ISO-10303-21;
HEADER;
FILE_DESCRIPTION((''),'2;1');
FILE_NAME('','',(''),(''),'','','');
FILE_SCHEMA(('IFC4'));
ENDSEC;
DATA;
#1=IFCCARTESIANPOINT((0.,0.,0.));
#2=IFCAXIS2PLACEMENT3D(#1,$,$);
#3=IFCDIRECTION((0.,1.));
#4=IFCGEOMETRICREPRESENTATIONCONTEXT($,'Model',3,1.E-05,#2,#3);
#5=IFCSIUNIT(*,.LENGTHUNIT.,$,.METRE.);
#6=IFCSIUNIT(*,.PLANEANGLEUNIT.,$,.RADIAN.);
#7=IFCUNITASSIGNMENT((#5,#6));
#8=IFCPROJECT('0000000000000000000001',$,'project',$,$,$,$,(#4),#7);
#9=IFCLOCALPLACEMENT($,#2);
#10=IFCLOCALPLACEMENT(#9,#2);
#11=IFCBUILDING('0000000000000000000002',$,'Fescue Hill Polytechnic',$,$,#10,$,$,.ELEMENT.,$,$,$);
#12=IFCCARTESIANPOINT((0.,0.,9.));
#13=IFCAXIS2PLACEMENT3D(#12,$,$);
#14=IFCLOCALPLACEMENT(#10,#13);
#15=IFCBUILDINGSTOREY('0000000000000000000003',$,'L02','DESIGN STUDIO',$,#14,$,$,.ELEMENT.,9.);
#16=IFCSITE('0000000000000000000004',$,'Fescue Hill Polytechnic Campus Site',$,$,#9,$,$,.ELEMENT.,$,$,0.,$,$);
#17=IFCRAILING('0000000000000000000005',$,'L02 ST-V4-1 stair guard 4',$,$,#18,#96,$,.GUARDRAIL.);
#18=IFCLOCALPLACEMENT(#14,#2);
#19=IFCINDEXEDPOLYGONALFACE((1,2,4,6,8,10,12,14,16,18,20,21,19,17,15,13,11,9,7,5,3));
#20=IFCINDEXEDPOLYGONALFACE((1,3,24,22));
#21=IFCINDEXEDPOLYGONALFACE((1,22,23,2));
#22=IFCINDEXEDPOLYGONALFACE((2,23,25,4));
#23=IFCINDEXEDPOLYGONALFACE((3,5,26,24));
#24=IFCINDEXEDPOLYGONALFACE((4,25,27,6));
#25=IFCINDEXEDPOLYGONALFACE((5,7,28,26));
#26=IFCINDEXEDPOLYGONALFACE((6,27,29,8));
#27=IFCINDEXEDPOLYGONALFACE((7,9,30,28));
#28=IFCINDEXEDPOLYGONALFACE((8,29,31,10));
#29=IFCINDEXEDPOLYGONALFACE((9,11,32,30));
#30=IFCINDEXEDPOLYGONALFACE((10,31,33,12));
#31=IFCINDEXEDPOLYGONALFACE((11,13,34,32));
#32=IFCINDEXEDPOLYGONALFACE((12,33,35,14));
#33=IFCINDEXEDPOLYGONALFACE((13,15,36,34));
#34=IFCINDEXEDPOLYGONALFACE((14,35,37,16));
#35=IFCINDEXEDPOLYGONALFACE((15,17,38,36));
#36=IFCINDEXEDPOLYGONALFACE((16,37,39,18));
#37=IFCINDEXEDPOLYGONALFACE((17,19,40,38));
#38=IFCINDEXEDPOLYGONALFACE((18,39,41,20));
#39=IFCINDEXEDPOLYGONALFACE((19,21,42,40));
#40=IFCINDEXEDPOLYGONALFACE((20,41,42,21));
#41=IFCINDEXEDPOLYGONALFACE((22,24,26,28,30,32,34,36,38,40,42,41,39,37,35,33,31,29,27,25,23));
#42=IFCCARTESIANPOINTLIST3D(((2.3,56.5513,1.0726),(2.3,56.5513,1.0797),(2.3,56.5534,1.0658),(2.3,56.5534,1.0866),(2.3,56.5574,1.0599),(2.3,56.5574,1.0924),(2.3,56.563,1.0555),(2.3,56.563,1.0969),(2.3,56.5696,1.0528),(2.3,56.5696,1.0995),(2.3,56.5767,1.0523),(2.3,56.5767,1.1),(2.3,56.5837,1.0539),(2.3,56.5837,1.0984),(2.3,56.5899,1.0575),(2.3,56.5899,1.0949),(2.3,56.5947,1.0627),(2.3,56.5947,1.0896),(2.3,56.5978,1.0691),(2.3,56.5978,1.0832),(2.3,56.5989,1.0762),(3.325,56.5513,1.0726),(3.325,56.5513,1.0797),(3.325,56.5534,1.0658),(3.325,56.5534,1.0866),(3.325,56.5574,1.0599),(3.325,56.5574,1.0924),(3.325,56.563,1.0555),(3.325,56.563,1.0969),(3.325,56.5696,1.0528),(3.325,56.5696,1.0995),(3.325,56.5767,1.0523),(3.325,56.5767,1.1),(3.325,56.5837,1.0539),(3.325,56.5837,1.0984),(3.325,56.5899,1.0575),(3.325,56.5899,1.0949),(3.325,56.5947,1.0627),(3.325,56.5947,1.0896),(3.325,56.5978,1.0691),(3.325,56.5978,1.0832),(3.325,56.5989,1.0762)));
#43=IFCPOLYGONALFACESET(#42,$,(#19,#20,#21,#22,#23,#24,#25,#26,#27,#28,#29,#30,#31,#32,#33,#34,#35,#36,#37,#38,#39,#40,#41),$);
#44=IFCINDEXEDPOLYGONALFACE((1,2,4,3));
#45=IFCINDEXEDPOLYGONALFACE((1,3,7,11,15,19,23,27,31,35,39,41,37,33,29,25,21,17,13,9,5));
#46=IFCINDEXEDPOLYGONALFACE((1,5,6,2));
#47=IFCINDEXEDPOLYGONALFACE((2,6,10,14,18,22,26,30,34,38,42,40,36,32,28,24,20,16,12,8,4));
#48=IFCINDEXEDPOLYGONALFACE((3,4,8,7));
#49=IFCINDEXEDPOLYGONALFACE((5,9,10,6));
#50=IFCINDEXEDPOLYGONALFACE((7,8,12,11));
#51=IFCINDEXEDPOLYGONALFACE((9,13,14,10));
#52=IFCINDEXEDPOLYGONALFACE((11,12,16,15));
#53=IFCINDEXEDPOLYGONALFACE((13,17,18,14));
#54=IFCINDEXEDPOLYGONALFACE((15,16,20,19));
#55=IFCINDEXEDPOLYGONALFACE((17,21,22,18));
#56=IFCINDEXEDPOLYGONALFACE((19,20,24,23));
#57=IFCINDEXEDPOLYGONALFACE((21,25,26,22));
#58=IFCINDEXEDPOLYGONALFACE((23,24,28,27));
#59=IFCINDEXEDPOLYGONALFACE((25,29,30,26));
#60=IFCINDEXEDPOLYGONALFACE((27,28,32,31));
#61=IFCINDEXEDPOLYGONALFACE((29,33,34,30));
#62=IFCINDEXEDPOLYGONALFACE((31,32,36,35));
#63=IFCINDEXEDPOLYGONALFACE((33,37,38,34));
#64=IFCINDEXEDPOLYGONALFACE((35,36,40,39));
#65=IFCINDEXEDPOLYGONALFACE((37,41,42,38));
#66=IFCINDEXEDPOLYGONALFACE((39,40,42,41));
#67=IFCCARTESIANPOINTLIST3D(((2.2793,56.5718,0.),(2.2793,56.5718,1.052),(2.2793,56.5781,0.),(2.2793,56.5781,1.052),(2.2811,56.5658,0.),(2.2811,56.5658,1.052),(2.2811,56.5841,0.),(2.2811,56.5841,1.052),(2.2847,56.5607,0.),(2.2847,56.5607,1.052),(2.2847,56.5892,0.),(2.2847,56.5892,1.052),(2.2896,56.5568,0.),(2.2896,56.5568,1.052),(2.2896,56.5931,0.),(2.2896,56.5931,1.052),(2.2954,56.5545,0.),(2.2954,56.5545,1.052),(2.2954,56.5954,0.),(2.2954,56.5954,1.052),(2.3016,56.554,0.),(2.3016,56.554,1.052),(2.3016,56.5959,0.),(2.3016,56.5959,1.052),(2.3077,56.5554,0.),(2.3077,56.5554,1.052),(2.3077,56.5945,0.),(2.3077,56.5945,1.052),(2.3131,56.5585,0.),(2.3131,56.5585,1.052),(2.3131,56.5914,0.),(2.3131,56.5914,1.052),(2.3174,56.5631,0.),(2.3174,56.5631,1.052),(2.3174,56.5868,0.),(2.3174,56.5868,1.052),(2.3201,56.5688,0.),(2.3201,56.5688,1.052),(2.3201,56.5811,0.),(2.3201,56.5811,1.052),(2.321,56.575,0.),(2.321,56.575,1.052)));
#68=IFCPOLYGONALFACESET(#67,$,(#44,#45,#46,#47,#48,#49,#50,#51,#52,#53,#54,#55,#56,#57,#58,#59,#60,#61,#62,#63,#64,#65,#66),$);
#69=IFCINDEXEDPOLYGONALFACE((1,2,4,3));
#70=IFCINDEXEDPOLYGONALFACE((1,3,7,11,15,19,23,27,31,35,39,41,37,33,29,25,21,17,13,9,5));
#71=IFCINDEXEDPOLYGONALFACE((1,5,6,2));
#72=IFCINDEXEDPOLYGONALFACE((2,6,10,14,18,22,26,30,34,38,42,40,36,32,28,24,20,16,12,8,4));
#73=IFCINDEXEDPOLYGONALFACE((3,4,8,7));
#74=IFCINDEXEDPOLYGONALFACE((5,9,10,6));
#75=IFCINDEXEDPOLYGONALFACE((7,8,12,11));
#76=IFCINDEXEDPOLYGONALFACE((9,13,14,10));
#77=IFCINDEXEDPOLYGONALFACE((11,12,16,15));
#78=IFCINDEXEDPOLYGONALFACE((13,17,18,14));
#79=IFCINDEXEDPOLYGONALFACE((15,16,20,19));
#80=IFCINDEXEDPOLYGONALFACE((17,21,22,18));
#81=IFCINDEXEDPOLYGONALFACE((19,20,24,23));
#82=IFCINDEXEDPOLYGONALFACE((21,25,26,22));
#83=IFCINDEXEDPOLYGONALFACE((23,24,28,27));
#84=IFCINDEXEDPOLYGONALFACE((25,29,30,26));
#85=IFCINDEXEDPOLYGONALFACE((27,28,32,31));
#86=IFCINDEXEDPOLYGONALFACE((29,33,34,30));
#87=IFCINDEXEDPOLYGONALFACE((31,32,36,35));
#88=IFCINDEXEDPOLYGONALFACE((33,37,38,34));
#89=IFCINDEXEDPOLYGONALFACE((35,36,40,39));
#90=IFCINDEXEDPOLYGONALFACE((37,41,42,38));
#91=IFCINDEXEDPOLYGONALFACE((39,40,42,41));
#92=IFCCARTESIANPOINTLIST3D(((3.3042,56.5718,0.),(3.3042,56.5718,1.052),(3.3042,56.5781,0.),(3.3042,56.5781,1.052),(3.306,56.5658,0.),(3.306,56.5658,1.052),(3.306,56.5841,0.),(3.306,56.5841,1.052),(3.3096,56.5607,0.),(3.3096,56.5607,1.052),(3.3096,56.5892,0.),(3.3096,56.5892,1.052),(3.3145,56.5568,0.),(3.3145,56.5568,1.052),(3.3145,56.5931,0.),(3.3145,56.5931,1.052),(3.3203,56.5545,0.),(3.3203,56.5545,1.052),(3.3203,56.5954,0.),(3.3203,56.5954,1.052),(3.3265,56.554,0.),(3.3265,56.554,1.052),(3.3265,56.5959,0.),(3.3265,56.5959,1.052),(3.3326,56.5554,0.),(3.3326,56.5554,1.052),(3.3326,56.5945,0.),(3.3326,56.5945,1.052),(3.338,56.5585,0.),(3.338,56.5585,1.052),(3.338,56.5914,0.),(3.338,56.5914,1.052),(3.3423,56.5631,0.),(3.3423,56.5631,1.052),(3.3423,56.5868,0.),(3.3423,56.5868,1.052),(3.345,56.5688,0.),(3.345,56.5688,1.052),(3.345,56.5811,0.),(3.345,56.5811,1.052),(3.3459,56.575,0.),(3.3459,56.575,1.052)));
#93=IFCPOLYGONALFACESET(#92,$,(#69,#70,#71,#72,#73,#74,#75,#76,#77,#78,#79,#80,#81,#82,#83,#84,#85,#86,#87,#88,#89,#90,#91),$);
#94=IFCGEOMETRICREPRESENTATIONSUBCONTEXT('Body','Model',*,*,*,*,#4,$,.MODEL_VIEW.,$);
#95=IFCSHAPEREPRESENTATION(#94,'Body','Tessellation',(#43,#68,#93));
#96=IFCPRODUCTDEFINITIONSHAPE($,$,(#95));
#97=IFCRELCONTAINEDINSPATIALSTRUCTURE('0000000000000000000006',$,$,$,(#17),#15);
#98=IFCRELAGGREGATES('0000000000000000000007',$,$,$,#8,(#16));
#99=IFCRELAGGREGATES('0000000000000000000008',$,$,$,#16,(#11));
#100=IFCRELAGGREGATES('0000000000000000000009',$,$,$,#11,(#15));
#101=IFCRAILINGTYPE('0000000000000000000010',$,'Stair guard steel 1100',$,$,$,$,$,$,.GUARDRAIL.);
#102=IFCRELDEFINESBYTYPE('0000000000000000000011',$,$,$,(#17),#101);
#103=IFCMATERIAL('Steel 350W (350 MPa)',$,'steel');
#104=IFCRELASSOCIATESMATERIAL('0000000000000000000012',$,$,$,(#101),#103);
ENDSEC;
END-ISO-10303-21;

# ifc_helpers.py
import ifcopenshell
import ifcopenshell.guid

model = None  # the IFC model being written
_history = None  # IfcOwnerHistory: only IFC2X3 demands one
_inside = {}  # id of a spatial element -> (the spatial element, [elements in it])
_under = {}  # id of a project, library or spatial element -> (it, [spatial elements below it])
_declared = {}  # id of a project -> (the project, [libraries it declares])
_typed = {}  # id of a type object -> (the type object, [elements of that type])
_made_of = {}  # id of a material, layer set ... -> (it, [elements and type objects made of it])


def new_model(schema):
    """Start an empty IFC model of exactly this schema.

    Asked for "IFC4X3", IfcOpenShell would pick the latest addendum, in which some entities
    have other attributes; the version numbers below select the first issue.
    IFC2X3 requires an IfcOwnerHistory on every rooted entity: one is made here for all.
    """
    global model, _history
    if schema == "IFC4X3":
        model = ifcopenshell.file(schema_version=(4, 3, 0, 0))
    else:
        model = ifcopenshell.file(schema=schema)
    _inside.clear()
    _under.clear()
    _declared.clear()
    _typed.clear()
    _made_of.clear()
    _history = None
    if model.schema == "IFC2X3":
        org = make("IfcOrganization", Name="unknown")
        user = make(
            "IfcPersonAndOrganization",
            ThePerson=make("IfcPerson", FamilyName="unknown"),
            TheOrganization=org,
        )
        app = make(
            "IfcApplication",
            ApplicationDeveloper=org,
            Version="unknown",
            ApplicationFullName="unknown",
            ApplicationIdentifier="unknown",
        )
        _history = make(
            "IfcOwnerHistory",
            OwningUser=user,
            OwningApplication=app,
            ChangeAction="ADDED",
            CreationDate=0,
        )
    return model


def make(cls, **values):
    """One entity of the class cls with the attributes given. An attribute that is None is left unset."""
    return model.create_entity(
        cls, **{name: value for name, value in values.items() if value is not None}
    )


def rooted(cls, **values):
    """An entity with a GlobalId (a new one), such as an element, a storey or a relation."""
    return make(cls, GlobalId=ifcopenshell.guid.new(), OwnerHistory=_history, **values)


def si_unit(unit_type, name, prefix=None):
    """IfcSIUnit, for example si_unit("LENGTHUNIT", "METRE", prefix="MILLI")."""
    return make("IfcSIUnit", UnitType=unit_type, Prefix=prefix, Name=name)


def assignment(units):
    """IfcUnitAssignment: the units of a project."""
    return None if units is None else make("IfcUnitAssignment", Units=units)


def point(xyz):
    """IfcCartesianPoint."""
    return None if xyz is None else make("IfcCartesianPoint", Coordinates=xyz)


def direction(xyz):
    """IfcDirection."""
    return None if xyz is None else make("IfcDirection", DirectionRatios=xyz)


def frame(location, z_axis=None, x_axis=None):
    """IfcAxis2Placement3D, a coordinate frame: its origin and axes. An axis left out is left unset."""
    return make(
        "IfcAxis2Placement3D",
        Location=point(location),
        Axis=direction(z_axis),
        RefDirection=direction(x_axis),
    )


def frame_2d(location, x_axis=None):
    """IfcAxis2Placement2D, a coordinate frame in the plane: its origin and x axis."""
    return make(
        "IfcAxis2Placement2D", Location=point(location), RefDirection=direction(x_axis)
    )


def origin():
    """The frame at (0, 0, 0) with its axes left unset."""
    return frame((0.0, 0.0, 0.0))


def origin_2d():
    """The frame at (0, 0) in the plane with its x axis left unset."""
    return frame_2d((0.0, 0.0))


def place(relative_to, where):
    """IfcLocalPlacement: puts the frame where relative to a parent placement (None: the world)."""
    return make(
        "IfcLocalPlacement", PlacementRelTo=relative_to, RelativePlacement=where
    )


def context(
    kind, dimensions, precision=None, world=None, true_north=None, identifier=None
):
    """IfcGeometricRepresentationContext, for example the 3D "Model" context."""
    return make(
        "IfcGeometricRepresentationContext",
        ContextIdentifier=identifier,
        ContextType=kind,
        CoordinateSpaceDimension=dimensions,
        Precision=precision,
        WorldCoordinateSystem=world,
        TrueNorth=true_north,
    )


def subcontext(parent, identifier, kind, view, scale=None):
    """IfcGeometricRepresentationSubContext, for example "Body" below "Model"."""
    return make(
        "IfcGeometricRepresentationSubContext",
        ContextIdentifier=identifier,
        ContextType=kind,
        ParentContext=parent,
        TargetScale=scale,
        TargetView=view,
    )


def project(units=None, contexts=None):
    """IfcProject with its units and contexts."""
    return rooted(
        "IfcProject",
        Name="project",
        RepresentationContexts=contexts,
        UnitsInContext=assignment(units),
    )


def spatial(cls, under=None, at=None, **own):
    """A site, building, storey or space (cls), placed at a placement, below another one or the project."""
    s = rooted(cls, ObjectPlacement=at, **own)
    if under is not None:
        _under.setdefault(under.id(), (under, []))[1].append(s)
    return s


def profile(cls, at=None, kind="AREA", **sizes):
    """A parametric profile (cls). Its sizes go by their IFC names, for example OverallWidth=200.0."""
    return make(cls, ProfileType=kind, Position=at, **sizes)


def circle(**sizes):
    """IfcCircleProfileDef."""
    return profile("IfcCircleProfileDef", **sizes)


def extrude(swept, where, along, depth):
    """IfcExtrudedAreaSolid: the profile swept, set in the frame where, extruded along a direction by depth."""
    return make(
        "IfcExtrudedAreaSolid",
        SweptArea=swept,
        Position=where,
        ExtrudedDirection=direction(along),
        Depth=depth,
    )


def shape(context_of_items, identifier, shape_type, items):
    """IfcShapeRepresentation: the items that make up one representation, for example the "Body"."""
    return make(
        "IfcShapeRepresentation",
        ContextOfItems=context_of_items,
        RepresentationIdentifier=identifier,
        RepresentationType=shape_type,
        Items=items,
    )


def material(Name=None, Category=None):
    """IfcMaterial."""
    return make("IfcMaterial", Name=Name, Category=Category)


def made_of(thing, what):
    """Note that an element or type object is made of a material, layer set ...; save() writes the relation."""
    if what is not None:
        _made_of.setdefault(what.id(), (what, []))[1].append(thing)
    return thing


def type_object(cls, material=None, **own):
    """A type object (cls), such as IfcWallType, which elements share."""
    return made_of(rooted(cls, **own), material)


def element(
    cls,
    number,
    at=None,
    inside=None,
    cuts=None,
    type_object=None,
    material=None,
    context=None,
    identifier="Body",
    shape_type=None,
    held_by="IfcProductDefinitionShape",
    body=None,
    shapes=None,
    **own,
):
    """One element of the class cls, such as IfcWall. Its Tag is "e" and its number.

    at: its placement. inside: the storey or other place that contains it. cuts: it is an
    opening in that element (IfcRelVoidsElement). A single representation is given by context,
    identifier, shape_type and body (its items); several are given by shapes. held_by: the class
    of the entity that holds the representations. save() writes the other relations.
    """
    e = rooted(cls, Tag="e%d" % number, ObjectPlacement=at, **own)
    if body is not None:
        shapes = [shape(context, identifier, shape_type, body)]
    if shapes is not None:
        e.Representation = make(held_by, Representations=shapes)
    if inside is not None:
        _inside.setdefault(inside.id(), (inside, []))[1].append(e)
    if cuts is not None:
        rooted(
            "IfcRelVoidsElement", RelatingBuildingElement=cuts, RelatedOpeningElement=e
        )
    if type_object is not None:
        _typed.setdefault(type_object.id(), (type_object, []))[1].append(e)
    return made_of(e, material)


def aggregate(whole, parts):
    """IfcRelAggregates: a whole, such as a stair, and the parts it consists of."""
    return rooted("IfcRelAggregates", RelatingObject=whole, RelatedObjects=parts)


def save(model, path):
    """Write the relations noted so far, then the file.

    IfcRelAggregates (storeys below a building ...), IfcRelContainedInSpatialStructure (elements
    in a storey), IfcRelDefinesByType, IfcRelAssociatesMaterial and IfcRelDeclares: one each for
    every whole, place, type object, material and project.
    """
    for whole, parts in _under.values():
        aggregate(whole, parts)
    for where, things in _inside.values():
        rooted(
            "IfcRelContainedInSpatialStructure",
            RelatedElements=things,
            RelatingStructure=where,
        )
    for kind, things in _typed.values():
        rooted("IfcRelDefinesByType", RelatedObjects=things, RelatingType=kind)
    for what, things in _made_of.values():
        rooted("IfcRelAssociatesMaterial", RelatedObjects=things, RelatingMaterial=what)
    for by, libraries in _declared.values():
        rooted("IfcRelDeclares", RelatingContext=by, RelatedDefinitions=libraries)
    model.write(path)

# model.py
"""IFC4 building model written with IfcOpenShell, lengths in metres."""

from ifc_helpers import new_model, si_unit, direction, frame, origin, origin_2d, place, context, subcontext, project, spatial, circle, extrude, material, type_object, element, save


model = new_model("IFC4")

# Units and contexts
model_context = context("Model", 3, precision=1e-05, world=origin(), true_north=direction((0.0, 1.0)))
body_context = subcontext(model_context, "Body", "Model", "MODEL_VIEW")
ifc_project = project(units=[si_unit("LENGTHUNIT", "METRE"), si_unit("PLANEANGLEUNIT", "RADIAN")], contexts=[model_context])

# Site, building, storey
site_placement = place(None, origin())
site = spatial("IfcSite", under=ifc_project, at=site_placement, Name="Fescue Hill Polytechnic Campus Site", CompositionType="ELEMENT", RefElevation=0.0)
building_placement = place(site_placement, origin())
building = spatial("IfcBuilding", under=site, at=building_placement, Name="Fescue Hill Polytechnic", CompositionType="ELEMENT")
storey_placement = place(building_placement, frame((0.0, 0.0, 9.0)))
storey = spatial("IfcBuildingStorey", under=building, at=storey_placement, Name="L02", Description="DESIGN STUDIO", CompositionType="ELEMENT", Elevation=9.0)

# Railing
ifc_material_1 = material(Name="Steel 350W (350 MPa)", Category="steel")
railing_type_1 = type_object("IfcRailingType", Name="Stair guard steel 1100", PredefinedType="GUARDRAIL", material=ifc_material_1)
railing_1_placement = place(storey_placement, frame((2.3, 56.575, 0.0)))
element("IfcRailing", 1, at=railing_1_placement, inside=storey, type_object=railing_type_1, Name="L02 ST-V4-1 stair guard 4", PredefinedType="GUARDRAIL", context=body_context, shape_type="SweptSolid", body=[
    extrude(circle(Radius=0.0239, at=origin_2d()), frame((0.0, 0.0, 1.0762), z_axis=(1.0, 0.0, 0.0), x_axis=(0.0, 1.0, 0.0)), (0.0, 0.0, 1.0), 1.0249),
    extrude(circle(Radius=0.021, at=origin_2d()), origin(), (0.0, 0.0, 1.0), 1.052),
    extrude(circle(Radius=0.021, at=origin_2d()), frame((1.0249, 0.0, 0.0)), (0.0, 0.0, 1.0), 1.052),
])

save(model, "model.ifc")
